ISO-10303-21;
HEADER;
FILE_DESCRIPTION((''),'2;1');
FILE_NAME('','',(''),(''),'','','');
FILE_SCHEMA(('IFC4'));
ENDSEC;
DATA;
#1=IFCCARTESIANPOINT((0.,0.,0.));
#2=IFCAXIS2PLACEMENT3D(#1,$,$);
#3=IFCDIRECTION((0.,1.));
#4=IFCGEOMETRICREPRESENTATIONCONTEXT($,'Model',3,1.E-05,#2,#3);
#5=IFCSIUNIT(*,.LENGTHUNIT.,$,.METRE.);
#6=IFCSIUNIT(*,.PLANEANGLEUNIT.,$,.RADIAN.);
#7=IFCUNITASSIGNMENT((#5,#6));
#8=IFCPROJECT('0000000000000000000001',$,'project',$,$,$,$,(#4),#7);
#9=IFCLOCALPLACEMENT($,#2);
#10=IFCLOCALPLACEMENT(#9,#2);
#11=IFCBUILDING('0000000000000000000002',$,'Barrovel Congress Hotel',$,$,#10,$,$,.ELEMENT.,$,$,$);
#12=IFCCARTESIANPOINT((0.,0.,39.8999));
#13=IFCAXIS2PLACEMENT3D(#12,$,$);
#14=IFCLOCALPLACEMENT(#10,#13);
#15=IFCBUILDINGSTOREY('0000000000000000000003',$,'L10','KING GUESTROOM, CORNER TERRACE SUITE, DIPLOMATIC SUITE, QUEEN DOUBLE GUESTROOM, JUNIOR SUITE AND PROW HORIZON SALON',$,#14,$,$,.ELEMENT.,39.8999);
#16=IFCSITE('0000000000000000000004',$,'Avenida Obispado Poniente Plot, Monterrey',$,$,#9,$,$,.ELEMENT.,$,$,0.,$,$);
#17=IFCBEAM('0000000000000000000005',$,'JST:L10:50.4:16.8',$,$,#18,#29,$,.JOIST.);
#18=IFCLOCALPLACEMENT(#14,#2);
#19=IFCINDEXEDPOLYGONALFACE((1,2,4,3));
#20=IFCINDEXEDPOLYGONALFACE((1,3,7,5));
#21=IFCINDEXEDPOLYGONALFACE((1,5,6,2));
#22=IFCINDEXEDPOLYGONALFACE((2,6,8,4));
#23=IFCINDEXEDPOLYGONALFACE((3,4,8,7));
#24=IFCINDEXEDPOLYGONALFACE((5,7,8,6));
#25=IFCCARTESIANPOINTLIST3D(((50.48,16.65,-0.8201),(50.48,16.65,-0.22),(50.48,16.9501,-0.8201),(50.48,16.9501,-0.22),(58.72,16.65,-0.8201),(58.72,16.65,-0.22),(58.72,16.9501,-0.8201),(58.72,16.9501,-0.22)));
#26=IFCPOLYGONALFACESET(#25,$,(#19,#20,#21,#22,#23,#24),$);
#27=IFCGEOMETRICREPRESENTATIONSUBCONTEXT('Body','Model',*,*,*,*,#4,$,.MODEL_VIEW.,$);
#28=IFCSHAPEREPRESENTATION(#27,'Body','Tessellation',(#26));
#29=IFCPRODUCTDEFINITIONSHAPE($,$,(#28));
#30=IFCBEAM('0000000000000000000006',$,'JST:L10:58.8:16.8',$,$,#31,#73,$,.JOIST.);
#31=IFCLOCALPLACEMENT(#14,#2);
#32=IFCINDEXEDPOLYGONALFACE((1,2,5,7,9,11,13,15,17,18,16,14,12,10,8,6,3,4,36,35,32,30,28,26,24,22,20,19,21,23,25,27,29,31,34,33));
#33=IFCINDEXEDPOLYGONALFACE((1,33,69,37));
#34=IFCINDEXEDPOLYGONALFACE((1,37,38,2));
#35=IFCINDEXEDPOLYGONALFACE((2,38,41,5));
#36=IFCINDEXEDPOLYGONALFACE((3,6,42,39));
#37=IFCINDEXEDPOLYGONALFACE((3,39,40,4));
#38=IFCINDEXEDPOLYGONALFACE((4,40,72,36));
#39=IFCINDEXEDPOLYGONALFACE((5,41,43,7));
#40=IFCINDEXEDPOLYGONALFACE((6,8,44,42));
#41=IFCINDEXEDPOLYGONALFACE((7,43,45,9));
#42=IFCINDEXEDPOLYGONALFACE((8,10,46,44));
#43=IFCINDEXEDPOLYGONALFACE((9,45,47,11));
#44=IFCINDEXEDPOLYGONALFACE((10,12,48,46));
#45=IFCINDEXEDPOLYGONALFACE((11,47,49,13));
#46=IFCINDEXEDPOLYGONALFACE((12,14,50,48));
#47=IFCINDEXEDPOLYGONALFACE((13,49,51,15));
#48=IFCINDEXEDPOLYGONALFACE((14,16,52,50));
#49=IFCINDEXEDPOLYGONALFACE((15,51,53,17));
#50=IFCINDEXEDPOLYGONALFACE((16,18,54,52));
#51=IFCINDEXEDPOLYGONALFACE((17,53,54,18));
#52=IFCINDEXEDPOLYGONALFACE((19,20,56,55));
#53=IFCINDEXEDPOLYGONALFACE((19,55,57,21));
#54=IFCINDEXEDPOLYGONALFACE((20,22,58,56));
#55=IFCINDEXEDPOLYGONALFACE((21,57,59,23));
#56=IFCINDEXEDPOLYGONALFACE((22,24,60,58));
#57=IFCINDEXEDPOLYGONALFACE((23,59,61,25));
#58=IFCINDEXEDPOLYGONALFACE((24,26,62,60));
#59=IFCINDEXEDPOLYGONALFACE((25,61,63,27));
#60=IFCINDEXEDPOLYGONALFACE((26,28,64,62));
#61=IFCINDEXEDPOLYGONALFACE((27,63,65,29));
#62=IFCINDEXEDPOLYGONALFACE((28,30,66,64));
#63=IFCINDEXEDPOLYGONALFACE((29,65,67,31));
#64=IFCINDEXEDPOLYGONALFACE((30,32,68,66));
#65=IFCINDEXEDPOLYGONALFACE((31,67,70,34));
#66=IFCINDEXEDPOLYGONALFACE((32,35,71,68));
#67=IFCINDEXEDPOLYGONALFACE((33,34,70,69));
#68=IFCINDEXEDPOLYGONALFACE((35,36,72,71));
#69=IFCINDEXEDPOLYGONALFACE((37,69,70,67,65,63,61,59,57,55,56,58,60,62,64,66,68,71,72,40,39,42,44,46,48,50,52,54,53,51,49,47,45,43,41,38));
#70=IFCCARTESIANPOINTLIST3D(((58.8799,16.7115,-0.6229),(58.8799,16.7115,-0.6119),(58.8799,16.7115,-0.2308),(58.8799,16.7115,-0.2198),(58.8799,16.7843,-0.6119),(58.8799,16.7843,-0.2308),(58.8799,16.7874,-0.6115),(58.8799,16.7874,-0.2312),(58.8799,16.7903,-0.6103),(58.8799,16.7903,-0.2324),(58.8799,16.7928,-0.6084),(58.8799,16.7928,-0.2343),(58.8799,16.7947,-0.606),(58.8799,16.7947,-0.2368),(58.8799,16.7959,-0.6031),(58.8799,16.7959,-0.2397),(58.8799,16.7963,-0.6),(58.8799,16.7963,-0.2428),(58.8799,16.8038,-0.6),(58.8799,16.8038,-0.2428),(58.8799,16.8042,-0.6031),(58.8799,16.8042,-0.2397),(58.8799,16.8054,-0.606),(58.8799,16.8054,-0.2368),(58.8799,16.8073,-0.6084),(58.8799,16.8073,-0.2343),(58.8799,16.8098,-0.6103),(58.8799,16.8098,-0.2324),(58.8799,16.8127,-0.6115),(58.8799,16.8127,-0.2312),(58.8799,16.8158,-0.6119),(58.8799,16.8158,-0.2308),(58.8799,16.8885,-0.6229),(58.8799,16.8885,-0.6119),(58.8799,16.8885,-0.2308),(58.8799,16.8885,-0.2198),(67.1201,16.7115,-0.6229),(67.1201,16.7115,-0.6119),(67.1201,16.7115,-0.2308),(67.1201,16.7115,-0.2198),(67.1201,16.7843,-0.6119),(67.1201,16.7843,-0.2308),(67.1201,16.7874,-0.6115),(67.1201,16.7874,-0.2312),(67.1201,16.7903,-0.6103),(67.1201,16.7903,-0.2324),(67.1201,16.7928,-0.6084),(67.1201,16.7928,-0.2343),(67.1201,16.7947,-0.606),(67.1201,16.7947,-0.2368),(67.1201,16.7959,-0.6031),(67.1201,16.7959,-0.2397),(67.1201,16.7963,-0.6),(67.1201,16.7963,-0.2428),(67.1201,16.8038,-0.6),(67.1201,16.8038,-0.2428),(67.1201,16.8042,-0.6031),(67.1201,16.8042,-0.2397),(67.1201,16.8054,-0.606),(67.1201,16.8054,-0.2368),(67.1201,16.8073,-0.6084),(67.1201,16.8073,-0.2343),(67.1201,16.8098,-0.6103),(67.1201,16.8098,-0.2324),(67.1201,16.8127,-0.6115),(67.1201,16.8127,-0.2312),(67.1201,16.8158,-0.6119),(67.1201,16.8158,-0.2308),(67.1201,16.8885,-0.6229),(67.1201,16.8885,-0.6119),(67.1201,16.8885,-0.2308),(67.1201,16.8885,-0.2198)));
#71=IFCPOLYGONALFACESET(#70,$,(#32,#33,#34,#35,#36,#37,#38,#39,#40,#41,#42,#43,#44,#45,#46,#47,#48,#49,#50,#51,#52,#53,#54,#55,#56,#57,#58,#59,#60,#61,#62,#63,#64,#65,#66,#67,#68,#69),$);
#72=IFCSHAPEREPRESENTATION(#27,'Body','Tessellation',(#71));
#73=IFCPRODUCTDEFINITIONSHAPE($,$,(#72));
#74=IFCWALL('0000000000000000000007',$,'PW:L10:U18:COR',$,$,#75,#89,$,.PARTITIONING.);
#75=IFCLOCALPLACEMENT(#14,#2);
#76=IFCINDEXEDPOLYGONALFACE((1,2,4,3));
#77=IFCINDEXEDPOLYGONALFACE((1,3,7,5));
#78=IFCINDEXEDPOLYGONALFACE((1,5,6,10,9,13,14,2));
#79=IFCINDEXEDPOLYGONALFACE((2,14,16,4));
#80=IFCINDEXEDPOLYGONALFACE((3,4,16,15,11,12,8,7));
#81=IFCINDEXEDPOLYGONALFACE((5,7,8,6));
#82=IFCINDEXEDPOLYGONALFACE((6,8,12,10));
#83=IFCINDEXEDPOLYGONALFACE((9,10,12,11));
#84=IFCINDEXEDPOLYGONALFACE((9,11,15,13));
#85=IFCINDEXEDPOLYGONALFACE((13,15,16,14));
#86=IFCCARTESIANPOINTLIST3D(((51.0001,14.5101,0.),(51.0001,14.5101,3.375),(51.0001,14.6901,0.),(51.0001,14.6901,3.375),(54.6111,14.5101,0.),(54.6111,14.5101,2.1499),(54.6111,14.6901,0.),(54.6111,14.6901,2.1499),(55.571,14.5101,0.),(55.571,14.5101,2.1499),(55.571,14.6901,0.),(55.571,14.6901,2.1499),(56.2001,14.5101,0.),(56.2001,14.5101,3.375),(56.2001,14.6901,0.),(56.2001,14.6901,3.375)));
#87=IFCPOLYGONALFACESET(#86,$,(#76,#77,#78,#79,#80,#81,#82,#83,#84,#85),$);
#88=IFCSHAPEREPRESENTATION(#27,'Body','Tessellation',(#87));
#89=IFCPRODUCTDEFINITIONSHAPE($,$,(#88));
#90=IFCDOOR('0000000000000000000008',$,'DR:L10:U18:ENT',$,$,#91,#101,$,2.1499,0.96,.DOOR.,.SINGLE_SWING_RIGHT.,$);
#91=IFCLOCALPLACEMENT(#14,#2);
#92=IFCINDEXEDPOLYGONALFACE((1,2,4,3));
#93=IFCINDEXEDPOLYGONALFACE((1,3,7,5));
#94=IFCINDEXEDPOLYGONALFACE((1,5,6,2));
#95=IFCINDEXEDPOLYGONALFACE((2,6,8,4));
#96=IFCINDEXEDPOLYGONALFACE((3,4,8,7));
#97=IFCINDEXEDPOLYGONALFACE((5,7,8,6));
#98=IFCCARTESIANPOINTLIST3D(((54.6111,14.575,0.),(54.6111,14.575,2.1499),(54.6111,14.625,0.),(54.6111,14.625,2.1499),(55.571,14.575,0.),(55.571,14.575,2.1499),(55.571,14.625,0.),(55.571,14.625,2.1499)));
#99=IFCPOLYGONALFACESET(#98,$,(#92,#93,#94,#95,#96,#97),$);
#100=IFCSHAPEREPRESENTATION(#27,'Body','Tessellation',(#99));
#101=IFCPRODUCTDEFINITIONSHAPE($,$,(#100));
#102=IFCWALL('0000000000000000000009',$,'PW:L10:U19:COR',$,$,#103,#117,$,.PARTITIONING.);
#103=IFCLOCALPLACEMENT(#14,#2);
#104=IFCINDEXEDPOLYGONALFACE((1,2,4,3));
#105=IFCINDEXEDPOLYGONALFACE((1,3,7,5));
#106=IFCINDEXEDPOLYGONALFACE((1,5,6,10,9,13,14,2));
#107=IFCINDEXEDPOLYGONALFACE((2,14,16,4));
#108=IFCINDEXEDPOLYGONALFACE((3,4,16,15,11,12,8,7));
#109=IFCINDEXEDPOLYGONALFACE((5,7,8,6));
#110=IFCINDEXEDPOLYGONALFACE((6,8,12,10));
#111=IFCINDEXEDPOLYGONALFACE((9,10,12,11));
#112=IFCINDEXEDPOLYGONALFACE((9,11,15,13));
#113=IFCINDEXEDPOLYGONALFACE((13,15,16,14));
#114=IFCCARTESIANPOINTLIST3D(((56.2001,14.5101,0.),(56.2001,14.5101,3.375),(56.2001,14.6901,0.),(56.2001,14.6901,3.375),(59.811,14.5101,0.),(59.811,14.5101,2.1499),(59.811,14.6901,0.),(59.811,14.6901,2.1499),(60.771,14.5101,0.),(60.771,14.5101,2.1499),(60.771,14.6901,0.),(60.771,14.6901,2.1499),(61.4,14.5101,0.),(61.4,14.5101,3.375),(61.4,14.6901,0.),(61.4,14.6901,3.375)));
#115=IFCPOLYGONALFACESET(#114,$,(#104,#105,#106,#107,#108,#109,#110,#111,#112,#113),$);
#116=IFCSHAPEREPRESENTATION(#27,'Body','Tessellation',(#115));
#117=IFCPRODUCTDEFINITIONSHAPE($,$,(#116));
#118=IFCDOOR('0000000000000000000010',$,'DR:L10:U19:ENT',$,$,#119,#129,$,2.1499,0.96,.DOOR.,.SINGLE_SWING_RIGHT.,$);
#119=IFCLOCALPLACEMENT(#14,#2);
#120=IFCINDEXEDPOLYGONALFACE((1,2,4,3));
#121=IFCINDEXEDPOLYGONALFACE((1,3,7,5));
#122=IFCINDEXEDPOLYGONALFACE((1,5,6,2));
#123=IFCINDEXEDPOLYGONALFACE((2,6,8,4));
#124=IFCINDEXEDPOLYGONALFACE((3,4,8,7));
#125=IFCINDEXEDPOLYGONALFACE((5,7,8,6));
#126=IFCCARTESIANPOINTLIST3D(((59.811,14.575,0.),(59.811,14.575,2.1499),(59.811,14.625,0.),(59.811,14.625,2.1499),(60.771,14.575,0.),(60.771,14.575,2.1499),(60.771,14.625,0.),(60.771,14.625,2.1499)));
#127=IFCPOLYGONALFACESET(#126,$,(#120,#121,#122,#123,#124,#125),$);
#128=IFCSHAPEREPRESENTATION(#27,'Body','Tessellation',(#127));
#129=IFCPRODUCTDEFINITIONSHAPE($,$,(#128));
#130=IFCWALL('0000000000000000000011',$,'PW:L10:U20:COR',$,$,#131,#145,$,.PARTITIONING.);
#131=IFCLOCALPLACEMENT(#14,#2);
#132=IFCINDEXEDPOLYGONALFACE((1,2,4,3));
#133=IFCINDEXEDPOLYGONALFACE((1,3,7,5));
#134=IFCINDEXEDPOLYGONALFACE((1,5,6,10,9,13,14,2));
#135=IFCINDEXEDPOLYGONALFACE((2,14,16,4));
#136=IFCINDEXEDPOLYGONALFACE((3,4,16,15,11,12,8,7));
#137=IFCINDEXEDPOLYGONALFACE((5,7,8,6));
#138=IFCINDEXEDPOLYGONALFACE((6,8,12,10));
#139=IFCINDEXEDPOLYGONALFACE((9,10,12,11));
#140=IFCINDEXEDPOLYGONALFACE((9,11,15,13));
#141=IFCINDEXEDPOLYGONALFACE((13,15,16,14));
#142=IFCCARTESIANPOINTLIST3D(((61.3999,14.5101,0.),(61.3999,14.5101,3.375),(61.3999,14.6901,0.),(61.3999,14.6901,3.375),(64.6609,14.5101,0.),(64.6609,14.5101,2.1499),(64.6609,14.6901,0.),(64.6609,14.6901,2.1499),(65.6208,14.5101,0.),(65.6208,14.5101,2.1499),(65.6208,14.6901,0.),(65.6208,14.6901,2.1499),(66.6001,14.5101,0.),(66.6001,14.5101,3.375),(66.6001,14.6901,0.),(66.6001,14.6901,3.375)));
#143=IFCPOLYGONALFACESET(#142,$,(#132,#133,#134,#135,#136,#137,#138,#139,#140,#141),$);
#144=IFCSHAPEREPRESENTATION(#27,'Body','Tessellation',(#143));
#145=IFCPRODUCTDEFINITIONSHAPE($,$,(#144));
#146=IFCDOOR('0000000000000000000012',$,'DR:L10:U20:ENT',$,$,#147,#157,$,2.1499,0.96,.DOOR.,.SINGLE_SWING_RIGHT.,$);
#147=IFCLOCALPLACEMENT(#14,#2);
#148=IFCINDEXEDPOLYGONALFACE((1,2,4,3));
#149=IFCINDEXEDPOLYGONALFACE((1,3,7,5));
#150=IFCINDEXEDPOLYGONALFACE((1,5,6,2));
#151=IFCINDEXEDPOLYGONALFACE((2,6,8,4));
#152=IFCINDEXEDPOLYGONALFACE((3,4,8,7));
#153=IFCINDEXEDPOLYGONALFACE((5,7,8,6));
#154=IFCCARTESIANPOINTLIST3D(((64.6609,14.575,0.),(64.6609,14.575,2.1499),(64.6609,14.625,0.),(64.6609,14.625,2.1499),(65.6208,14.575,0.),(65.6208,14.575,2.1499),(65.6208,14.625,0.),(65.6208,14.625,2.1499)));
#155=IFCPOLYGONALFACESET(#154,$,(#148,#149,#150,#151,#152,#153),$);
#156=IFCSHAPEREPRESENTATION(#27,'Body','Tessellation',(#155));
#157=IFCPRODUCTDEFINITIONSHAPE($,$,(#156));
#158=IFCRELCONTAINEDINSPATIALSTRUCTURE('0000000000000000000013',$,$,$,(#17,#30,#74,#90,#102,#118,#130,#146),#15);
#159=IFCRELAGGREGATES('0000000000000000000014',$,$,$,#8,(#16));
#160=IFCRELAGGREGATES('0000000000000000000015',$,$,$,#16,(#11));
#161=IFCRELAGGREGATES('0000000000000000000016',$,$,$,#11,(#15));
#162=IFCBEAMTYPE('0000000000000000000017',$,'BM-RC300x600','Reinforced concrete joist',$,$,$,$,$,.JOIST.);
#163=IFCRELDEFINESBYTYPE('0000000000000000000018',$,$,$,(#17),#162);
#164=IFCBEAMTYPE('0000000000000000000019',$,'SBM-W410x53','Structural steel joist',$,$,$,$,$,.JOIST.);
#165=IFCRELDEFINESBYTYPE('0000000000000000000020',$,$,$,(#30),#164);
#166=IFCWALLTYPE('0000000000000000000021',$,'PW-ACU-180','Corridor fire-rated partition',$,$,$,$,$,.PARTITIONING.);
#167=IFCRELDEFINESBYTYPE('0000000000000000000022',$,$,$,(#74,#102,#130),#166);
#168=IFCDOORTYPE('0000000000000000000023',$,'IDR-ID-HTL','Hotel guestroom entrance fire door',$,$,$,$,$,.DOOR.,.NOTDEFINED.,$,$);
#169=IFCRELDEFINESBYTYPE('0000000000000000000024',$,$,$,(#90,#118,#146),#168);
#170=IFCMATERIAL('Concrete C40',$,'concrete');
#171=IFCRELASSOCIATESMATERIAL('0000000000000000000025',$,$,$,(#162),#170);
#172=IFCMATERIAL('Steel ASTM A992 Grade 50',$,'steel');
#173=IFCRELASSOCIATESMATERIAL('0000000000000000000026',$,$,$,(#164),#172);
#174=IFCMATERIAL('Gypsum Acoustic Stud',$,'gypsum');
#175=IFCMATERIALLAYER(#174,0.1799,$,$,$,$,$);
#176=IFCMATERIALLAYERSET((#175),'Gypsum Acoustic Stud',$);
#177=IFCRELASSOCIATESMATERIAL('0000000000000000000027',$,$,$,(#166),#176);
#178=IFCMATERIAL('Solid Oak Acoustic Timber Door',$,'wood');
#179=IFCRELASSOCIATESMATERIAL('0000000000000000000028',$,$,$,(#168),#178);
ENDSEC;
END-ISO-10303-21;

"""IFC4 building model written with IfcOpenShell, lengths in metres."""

from ifc_helpers import new_model, si_unit, direction, frame, frame_2d, origin, origin_2d, place, context, subcontext, project, spatial, rectangle, i_section, extrude, material, layer, layer_set, material_profile, profile_set, type_object, element, fill, save


model = new_model("IFC4")

# Units and contexts
model_context = context("Model", 3, precision=1e-05, world=origin(), true_north=direction((0.0, 1.0)))
body_context = subcontext(model_context, "Body", "Model", "MODEL_VIEW")
ifc_project = project(units=[si_unit("LENGTHUNIT", "METRE"), si_unit("PLANEANGLEUNIT", "RADIAN")], contexts=[model_context])

# Site, building, storey
site_placement = place(None, origin())
site = spatial("IfcSite", under=ifc_project, at=site_placement, Name="Avenida Obispado Poniente Plot, Monterrey", CompositionType="ELEMENT", RefElevation=0.0)
building_placement = place(site_placement, origin())
building = spatial("IfcBuilding", under=site, at=building_placement, Name="Barrovel Congress Hotel", CompositionType="ELEMENT")
storey_placement = place(building_placement, frame((0.0, 0.0, 39.8999)))
storey = spatial("IfcBuildingStorey", under=building, at=storey_placement, Name="L10", Description="KING GUESTROOM, CORNER TERRACE SUITE, DIPLOMATIC SUITE, QUEEN DOUBLE GUESTROOM, JUNIOR SUITE AND PROW HORIZON SALON", CompositionType="ELEMENT", Elevation=39.8999)

# Beams
ifc_material_1 = material(Name="Concrete C40", Category="concrete")
ifc_material_profile_1 = material_profile(ifc_material_1, rectangle(XDim=0.3, YDim=0.6001, at=origin_2d()), Name="RC300x600")
ifc_profile_set_1 = profile_set([ifc_material_profile_1], Name="Concrete C40")
beam_type_1 = type_object("IfcBeamType", Name="BM-RC300x600", Description="Reinforced concrete joist", PredefinedType="JOIST", material=ifc_profile_set_1)
beam_1_placement = place(storey_placement, frame((50.48, 16.8, -0.52), z_axis=(1.0, 0.0, 0.0), x_axis=(0.0, 1.0, 0.0)))
element("IfcBeam", 1, at=beam_1_placement, inside=storey, type_object=beam_type_1, Name="JST:L10:50.4:16.8", PredefinedType="JOIST", context=body_context, shape_type="SweptSolid", body=[
    extrude(rectangle(XDim=0.3, YDim=0.6001, at=origin_2d()), origin(), (0.0, 0.0, 1.0), 8.24),
])
ifc_material_2 = material(Name="Steel ASTM A992 Grade 50", Category="steel")
ifc_material_profile_2 = material_profile(ifc_material_2, i_section(OverallWidth=0.177, OverallDepth=0.4031, WebThickness=0.0076, FlangeThickness=0.011, FilletRadius=0.012, at=origin_2d()), Name="W410x53")
ifc_profile_set_2 = profile_set([ifc_material_profile_2], Name="Steel ASTM A992 Grade 50")
beam_type_2 = type_object("IfcBeamType", Name="SBM-W410x53", Description="Structural steel joist", PredefinedType="JOIST", material=ifc_profile_set_2)
beam_2_placement = place(storey_placement, frame((58.8799, 16.8, -0.4214), z_axis=(1.0, 0.0, 0.0), x_axis=(0.0, 1.0, 0.0)))
element("IfcBeam", 2, at=beam_2_placement, inside=storey, type_object=beam_type_2, Name="JST:L10:58.8:16.8", PredefinedType="JOIST", context=body_context, shape_type="SweptSolid", body=[
    extrude(i_section(OverallWidth=0.177, OverallDepth=0.4031, WebThickness=0.0076, FlangeThickness=0.011, FilletRadius=0.012, at=origin_2d()), origin(), (0.0, 0.0, 1.0), 8.2402),
])

# Walls, openings, doors
ifc_material_3 = material(Name="Gypsum Acoustic Stud", Category="gypsum")
ifc_layer_1 = layer(ifc_material_3, 0.1799)
ifc_layer_set_1 = layer_set([ifc_layer_1], Name="Gypsum Acoustic Stud")
wall_type_1 = type_object("IfcWallType", Name="PW-ACU-180", Description="Corridor fire-rated partition", PredefinedType="PARTITIONING", material=ifc_layer_set_1)
wall_1_placement = place(storey_placement, frame((51.0, 14.6001, 0.0), z_axis=(0.0, 0.0, 1.0), x_axis=(1.0, 0.0, 0.0)))
wall_1 = element("IfcWall", 3, at=wall_1_placement, inside=storey, type_object=wall_type_1, Name="PW:L10:U18:COR", PredefinedType="PARTITIONING", context=body_context, shape_type="SweptSolid", body=[
    extrude(rectangle(XDim=5.2, YDim=0.1799, at=frame_2d((2.6001, 0.0))), origin(), (0.0, 0.0, 1.0), 3.375),
])
opening_1_placement = place(wall_1_placement, frame((3.6111, 0.0, 0.0)))
opening_1 = element("IfcOpeningElement", 4, at=opening_1_placement, cuts=wall_1, PredefinedType="OPENING", context=body_context, shape_type="SweptSolid", body=[
    extrude(rectangle(XDim=0.96, YDim=2.1499, at=frame_2d((0.48, 1.075))), frame((0.0, 0.1001, 0.0), z_axis=(0.0, -1.0, 0.0), x_axis=(1.0, 0.0, 0.0)), (0.0, 0.0, 1.0), 0.2),
])
ifc_material_4 = material(Name="Solid Oak Acoustic Timber Door", Category="wood")
door_type_1 = type_object("IfcDoorType", Name="IDR-ID-HTL", Description="Hotel guestroom entrance fire door", OperationType="NOTDEFINED", PredefinedType="DOOR", material=ifc_material_4)
door_1_placement = place(opening_1_placement, origin())
door_1 = element("IfcDoor", 5, at=door_1_placement, inside=storey, type_object=door_type_1, Name="DR:L10:U18:ENT", OperationType="SINGLE_SWING_RIGHT", OverallHeight=2.1499, OverallWidth=0.96, PredefinedType="DOOR", context=body_context, shape_type="SweptSolid", body=[
    extrude(rectangle(XDim=0.96, YDim=2.1499, at=frame_2d((0.48, 1.075))), frame((0.0, 0.0249, 0.0), z_axis=(0.0, -1.0, 0.0), x_axis=(1.0, 0.0, 0.0)), (0.0, 0.0, 1.0), 0.05),
])
fill(opening_1, door_1)
wall_2_placement = place(storey_placement, frame((56.2, 14.6001, 0.0), z_axis=(0.0, 0.0, 1.0), x_axis=(1.0, 0.0, 0.0)))
wall_2 = element("IfcWall", 6, at=wall_2_placement, inside=storey, type_object=wall_type_1, Name="PW:L10:U19:COR", PredefinedType="PARTITIONING", context=body_context, shape_type="SweptSolid", body=[
    extrude(rectangle(XDim=5.2, YDim=0.1799, at=frame_2d((2.6001, 0.0))), origin(), (0.0, 0.0, 1.0), 3.375),
])
opening_2_placement = place(wall_2_placement, frame((3.6111, 0.0, 0.0)))
opening_2 = element("IfcOpeningElement", 7, at=opening_2_placement, cuts=wall_2, PredefinedType="OPENING", context=body_context, shape_type="SweptSolid", body=[
    extrude(rectangle(XDim=0.96, YDim=2.1499, at=frame_2d((0.48, 1.075))), frame((0.0, 0.1001, 0.0), z_axis=(0.0, -1.0, 0.0), x_axis=(1.0, 0.0, 0.0)), (0.0, 0.0, 1.0), 0.2),
])
door_2_placement = place(opening_2_placement, origin())
door_2 = element("IfcDoor", 8, at=door_2_placement, inside=storey, type_object=door_type_1, Name="DR:L10:U19:ENT", OperationType="SINGLE_SWING_RIGHT", OverallHeight=2.1499, OverallWidth=0.96, PredefinedType="DOOR", context=body_context, shape_type="SweptSolid", body=[
    extrude(rectangle(XDim=0.96, YDim=2.1499, at=frame_2d((0.48, 1.075))), frame((0.0, 0.0249, 0.0), z_axis=(0.0, -1.0, 0.0), x_axis=(1.0, 0.0, 0.0)), (0.0, 0.0, 1.0), 0.05),
])
fill(opening_2, door_2)
wall_3_placement = place(storey_placement, frame((61.3999, 14.6001, 0.0), z_axis=(0.0, 0.0, 1.0), x_axis=(1.0, 0.0, 0.0)))
wall_3 = element("IfcWall", 9, at=wall_3_placement, inside=storey, type_object=wall_type_1, Name="PW:L10:U20:COR", PredefinedType="PARTITIONING", context=body_context, shape_type="SweptSolid", body=[
    extrude(rectangle(XDim=5.2002, YDim=0.1799, at=frame_2d((2.6001, 0.0))), origin(), (0.0, 0.0, 1.0), 3.375),
])
opening_3_placement = place(wall_3_placement, frame((3.261, 0.0, 0.0)))
opening_3 = element("IfcOpeningElement", 10, at=opening_3_placement, cuts=wall_3, PredefinedType="OPENING", context=body_context, shape_type="SweptSolid", body=[
    extrude(rectangle(XDim=0.96, YDim=2.1499, at=frame_2d((0.48, 1.075))), frame((0.0, 0.1001, 0.0), z_axis=(0.0, -1.0, 0.0), x_axis=(1.0, 0.0, 0.0)), (0.0, 0.0, 1.0), 0.2),
])
door_3_placement = place(opening_3_placement, origin())
door_3 = element("IfcDoor", 11, at=door_3_placement, inside=storey, type_object=door_type_1, Name="DR:L10:U20:ENT", OperationType="SINGLE_SWING_RIGHT", OverallHeight=2.1499, OverallWidth=0.96, PredefinedType="DOOR", context=body_context, shape_type="SweptSolid", body=[
    extrude(rectangle(XDim=0.96, YDim=2.1499, at=frame_2d((0.48, 1.075))), frame((0.0, 0.0249, 0.0), z_axis=(0.0, -1.0, 0.0), x_axis=(1.0, 0.0, 0.0)), (0.0, 0.0, 1.0), 0.05),
])
fill(opening_3, door_3)

save(model, "model.ifc")
